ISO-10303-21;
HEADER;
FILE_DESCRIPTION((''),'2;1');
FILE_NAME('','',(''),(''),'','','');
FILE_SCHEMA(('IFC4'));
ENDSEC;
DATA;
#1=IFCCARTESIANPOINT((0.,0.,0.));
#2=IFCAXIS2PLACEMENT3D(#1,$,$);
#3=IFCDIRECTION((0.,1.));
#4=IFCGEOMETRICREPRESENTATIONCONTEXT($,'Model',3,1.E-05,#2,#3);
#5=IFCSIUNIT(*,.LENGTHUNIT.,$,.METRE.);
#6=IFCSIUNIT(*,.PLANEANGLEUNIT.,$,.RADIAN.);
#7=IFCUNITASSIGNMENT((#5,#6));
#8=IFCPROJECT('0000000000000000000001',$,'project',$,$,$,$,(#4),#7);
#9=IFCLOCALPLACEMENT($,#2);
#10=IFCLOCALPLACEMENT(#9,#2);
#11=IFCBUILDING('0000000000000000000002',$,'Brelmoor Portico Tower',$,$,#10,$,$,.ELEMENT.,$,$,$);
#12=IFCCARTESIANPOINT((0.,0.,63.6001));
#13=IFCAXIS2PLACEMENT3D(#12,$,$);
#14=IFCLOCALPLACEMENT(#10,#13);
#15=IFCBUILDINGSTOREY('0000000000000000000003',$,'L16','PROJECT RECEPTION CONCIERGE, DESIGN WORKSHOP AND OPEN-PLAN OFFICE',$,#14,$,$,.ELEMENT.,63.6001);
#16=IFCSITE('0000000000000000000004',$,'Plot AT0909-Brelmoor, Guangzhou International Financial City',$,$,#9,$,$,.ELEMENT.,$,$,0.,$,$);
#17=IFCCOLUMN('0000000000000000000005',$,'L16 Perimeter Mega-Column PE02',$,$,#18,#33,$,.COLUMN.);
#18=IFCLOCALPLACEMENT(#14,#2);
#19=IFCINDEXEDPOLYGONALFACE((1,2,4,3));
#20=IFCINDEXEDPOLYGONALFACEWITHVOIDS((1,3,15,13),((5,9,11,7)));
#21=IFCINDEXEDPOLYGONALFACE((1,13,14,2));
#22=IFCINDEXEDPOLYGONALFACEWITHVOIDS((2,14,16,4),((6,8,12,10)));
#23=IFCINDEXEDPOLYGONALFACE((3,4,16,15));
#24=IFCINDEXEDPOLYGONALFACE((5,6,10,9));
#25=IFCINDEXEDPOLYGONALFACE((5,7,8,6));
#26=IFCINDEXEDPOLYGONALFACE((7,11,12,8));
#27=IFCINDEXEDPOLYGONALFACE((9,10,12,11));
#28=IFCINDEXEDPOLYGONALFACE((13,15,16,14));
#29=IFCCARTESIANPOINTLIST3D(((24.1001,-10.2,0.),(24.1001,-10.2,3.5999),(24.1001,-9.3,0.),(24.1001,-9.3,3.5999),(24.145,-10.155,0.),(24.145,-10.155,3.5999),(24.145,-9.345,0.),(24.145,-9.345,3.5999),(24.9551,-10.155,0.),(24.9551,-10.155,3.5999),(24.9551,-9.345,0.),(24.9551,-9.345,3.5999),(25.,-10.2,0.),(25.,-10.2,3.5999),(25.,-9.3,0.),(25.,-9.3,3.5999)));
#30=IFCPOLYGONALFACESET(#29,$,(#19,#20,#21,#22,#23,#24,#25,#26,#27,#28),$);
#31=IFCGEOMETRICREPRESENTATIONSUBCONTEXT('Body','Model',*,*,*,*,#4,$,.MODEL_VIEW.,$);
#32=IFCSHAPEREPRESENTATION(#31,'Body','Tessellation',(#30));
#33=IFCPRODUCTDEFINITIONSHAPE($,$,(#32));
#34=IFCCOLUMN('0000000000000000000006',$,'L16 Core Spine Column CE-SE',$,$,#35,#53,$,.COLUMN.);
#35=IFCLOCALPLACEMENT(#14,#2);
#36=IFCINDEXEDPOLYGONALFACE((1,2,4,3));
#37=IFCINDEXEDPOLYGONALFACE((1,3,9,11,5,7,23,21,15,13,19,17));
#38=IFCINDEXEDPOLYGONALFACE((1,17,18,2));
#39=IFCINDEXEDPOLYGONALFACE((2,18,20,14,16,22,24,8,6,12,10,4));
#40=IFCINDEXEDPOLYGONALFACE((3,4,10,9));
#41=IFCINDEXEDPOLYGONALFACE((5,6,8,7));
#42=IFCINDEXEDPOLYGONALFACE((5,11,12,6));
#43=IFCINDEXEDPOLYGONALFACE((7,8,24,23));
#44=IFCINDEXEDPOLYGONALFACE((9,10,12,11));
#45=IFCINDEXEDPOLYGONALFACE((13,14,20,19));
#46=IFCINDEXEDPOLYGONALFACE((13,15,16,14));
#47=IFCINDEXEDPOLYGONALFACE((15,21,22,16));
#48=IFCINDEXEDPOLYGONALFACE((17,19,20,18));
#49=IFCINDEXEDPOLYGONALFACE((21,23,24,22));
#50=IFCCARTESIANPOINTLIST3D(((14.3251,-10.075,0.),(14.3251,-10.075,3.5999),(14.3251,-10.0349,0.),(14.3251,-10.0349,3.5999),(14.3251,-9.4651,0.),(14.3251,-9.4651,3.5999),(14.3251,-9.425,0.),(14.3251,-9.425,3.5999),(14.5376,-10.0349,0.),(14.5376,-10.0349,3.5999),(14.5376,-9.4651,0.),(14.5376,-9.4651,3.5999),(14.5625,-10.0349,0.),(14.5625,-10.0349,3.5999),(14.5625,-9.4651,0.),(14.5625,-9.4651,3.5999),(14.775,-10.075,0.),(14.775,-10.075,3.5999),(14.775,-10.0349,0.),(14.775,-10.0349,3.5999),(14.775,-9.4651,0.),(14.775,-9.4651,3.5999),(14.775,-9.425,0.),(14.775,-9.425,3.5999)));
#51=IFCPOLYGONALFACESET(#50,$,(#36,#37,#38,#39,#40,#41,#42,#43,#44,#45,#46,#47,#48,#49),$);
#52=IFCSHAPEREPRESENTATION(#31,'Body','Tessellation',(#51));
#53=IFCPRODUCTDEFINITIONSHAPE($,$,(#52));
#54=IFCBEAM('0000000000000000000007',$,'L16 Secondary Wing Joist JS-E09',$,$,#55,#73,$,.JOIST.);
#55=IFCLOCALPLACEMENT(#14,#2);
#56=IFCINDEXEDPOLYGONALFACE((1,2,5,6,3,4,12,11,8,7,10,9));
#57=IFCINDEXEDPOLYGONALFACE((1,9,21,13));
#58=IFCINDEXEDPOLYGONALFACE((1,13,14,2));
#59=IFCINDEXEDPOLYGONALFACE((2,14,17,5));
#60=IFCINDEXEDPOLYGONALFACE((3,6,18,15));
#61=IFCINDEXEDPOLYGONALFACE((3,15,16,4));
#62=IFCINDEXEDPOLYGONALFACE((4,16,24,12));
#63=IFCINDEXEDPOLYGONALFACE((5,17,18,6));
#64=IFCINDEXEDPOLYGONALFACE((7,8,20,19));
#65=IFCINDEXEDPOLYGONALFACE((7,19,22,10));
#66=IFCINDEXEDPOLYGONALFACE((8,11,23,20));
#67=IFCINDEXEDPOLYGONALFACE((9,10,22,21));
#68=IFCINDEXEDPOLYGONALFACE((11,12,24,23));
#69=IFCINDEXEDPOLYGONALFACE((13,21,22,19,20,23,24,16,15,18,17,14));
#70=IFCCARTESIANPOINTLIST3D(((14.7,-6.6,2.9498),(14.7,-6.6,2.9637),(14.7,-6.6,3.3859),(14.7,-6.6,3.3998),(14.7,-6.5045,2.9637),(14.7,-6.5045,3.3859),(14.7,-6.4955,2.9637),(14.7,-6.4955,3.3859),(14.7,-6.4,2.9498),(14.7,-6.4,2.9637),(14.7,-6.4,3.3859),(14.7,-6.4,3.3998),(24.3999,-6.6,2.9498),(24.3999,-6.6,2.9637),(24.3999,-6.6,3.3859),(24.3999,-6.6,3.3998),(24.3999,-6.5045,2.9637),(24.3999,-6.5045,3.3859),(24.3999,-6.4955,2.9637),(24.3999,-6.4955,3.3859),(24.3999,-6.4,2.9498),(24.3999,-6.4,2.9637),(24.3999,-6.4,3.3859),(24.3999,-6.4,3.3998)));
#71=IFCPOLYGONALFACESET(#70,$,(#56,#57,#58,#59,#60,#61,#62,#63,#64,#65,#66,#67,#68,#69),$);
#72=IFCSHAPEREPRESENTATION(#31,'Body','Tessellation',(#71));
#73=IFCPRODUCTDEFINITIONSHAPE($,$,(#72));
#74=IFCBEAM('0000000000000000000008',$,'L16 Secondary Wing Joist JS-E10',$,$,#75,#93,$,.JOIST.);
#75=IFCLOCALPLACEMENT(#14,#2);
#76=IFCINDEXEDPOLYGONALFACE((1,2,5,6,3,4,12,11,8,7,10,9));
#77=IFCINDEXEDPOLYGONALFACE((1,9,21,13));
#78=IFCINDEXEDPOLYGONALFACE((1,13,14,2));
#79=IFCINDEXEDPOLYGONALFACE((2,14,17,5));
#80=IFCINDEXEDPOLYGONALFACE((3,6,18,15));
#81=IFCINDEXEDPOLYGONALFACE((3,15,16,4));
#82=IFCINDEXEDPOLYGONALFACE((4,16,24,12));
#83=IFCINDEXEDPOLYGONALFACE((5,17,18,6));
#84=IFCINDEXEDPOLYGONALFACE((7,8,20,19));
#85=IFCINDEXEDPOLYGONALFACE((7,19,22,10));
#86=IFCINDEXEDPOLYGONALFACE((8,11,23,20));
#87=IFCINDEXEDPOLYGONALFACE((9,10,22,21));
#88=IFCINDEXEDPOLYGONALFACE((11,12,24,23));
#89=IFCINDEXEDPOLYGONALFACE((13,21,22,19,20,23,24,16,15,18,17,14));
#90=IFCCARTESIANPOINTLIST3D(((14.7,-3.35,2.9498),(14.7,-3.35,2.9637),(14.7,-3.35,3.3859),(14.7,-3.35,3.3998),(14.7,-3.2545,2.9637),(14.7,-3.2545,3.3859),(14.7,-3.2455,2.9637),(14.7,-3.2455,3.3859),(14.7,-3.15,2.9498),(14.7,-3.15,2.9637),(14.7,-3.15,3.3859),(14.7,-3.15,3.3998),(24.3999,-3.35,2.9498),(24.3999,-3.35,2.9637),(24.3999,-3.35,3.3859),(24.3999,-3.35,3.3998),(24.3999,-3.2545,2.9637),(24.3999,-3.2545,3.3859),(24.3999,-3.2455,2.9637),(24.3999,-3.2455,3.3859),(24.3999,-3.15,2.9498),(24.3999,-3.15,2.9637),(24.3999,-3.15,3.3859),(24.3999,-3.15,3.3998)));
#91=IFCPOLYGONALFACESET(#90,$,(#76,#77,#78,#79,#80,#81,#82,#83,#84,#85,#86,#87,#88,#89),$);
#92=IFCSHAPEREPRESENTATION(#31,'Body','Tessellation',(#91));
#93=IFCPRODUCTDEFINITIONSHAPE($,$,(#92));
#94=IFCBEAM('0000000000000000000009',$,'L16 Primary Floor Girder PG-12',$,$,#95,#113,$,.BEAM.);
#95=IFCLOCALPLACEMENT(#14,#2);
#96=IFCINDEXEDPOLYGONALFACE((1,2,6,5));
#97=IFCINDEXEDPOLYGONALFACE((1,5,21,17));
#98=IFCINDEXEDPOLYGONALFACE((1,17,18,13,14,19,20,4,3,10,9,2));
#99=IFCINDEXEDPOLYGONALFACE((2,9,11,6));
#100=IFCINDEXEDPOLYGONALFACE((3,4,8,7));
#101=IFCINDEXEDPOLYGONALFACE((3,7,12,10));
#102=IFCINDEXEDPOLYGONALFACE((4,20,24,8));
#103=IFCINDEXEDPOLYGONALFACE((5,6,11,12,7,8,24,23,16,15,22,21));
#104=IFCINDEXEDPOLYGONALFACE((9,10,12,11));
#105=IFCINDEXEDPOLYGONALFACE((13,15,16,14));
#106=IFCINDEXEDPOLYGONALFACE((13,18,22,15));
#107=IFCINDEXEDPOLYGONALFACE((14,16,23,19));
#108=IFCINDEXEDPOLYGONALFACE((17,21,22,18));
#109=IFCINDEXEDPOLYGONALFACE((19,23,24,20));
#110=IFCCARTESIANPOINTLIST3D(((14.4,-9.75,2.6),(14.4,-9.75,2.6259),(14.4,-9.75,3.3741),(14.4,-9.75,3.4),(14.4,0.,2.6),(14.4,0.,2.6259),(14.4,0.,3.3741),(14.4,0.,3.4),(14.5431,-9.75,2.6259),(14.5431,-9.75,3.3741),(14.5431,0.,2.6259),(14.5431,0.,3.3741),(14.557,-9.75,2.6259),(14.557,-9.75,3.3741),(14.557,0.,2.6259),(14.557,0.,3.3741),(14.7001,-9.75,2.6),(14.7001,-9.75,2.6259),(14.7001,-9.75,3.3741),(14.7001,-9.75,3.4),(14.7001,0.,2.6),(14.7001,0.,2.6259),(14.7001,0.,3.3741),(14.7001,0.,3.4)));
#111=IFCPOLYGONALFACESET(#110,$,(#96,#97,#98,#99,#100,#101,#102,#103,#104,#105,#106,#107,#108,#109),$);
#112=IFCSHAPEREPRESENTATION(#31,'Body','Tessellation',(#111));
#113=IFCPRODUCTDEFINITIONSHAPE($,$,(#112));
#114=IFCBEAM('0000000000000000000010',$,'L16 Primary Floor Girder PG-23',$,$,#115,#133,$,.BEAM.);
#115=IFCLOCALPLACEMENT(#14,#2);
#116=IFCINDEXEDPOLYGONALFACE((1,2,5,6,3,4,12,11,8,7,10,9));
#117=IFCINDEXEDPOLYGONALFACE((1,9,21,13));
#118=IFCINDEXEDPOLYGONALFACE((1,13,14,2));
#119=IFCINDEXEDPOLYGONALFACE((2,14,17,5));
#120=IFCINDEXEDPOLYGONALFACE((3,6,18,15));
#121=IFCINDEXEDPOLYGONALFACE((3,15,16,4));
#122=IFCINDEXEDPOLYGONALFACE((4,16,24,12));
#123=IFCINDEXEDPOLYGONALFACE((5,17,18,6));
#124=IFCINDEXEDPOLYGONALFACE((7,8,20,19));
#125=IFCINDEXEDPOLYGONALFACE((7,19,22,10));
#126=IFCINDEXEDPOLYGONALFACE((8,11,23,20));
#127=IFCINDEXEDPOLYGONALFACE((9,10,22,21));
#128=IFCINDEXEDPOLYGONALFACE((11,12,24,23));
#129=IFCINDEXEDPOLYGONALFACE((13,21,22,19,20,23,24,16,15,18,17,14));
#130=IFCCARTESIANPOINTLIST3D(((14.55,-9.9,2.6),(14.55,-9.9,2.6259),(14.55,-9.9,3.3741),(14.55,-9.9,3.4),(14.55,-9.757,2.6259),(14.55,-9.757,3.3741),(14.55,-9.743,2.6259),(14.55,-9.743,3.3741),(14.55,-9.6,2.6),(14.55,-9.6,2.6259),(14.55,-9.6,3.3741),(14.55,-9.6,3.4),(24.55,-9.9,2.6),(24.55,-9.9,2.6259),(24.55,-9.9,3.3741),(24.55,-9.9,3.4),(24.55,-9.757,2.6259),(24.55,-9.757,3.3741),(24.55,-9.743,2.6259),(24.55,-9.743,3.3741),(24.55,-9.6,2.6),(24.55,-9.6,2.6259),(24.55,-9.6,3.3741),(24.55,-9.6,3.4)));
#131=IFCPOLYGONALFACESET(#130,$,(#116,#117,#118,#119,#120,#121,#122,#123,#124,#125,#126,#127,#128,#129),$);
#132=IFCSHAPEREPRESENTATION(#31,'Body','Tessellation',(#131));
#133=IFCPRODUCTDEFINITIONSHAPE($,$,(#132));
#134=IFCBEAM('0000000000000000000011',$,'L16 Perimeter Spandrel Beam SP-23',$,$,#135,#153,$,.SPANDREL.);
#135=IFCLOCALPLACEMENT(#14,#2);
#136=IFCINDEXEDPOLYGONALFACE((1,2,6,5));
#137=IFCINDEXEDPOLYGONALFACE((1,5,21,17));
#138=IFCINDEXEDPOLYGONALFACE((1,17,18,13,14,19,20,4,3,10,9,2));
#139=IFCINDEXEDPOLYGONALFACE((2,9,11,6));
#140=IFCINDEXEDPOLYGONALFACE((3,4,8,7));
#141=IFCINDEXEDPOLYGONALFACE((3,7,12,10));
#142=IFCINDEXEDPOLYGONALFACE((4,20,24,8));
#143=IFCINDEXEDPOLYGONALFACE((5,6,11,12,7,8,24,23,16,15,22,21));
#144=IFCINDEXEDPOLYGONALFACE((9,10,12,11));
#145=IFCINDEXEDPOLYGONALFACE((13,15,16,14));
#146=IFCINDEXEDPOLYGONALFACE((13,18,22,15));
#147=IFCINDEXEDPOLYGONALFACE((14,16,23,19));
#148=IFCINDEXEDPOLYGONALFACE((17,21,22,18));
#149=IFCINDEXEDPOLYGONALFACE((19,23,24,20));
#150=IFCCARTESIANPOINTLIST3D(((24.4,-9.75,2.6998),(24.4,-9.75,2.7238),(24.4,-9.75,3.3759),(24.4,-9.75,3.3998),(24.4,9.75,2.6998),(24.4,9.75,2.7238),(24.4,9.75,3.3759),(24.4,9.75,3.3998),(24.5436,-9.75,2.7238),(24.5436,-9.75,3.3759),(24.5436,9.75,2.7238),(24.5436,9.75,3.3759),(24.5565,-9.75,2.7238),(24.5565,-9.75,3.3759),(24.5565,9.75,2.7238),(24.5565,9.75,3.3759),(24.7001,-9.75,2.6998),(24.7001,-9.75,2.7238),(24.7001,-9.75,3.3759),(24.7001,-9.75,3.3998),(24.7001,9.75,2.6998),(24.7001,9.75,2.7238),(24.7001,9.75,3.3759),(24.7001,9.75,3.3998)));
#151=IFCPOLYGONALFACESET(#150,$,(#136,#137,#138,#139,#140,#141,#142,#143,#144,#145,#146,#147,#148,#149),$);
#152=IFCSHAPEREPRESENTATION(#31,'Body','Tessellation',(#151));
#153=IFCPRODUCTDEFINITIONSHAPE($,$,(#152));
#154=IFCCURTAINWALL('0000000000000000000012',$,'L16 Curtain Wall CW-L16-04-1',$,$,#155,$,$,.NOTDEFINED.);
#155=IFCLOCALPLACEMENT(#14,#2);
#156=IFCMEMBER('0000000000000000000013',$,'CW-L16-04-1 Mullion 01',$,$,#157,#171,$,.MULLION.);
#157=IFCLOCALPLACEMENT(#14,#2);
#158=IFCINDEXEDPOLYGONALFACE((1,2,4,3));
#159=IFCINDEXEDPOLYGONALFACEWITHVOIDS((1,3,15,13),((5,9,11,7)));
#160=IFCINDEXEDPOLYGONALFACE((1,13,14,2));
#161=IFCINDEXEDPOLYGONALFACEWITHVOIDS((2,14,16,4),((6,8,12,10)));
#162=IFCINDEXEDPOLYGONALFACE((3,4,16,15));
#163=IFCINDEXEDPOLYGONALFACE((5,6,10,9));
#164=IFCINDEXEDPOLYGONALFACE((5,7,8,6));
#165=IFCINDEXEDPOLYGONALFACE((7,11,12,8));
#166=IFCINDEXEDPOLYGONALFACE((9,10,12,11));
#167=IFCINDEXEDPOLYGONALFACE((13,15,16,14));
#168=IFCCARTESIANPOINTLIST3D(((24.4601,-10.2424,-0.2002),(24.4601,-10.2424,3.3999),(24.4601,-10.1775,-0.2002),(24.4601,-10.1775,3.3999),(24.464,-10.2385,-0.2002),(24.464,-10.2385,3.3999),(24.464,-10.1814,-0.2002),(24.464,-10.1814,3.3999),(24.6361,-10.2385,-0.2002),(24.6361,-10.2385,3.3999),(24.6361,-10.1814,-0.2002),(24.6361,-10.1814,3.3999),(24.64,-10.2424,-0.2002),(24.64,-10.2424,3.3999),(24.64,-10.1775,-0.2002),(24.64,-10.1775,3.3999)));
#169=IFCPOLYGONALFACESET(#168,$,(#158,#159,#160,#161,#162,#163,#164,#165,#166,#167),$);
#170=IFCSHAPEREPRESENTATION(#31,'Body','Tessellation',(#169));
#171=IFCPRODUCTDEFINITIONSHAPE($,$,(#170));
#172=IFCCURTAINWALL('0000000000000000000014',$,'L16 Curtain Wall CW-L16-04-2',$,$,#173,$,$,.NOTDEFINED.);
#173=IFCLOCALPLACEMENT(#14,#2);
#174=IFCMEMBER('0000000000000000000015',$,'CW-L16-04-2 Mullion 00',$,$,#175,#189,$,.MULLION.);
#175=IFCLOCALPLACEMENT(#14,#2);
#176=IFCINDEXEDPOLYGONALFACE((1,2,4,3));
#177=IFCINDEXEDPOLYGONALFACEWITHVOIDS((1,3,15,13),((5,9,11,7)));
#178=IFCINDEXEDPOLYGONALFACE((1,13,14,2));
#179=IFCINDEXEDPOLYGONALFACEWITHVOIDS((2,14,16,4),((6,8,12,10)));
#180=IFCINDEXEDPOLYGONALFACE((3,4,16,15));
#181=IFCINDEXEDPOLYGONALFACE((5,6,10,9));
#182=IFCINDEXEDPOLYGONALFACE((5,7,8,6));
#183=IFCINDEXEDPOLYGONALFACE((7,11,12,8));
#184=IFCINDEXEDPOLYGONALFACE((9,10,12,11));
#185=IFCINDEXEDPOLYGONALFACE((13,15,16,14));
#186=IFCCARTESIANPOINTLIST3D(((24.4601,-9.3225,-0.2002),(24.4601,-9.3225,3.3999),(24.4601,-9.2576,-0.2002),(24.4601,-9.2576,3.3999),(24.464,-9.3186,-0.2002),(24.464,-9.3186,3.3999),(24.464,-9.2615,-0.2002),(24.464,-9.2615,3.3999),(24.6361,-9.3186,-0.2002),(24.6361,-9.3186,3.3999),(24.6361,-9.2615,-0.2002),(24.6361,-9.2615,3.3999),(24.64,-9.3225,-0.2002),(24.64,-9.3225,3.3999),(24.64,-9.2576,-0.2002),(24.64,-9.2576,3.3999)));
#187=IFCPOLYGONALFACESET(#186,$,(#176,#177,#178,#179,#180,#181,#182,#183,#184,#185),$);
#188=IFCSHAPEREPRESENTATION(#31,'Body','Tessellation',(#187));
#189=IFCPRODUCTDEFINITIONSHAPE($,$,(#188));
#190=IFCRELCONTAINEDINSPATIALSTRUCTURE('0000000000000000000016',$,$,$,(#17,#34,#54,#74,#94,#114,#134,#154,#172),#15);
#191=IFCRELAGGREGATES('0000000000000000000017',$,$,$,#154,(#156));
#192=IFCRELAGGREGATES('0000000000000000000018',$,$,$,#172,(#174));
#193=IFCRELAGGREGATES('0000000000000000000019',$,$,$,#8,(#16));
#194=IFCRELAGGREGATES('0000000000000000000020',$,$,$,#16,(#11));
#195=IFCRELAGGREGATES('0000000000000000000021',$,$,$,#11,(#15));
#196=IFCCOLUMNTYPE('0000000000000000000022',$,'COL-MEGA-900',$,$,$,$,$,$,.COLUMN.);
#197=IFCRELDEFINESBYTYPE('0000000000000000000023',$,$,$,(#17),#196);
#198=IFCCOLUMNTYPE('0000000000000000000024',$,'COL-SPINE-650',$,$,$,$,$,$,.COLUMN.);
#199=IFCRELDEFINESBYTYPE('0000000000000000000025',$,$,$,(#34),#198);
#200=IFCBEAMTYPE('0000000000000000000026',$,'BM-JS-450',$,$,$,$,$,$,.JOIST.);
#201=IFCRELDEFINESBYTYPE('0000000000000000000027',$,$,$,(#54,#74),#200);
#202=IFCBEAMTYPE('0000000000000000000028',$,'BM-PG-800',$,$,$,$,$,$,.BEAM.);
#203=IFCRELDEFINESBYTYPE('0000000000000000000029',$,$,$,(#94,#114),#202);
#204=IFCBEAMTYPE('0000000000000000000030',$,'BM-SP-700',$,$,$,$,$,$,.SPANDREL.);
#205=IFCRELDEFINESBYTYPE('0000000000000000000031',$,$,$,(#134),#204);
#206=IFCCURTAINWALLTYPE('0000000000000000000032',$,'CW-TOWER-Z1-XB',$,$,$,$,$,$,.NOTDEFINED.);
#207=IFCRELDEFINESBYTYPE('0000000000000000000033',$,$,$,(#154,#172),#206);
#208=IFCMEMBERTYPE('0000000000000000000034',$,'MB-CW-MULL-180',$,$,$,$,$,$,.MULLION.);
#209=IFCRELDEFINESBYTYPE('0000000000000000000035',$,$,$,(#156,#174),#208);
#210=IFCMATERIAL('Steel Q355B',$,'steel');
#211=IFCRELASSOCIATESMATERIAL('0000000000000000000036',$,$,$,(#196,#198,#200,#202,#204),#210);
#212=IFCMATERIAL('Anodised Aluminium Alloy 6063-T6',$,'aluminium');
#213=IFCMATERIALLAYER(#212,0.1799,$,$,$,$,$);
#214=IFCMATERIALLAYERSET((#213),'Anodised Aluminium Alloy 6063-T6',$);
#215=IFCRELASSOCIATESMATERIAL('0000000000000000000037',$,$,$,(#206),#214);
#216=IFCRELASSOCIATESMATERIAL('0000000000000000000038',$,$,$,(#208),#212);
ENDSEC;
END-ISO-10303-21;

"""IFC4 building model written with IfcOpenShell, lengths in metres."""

from ifc_helpers import new_model, si_unit, direction, frame, origin, origin_2d, place, context, subcontext, project, spatial, hollow_rectangle, i_section, extrude, material, layer, layer_set, material_profile, profile_set, type_object, element, aggregate, save


model = new_model("IFC4")

# Units and contexts
model_context = context("Model", 3, precision=1e-05, world=origin(), true_north=direction((0.0, 1.0)))
body_context = subcontext(model_context, "Body", "Model", "MODEL_VIEW")
ifc_project = project(units=[si_unit("LENGTHUNIT", "METRE"), si_unit("PLANEANGLEUNIT", "RADIAN")], contexts=[model_context])

# Site, building, storey
site_placement = place(None, origin())
site = spatial("IfcSite", under=ifc_project, at=site_placement, Name="Plot AT0909-Brelmoor, Guangzhou International Financial City", CompositionType="ELEMENT", RefElevation=0.0)
building_placement = place(site_placement, origin())
building = spatial("IfcBuilding", under=site, at=building_placement, Name="Brelmoor Portico Tower", CompositionType="ELEMENT")
storey_placement = place(building_placement, frame((0.0, 0.0, 63.6001)))
storey = spatial("IfcBuildingStorey", under=building, at=storey_placement, Name="L16", Description="PROJECT RECEPTION CONCIERGE, DESIGN WORKSHOP AND OPEN-PLAN OFFICE", CompositionType="ELEMENT", Elevation=63.6001)

# Columns
ifc_material_1 = material(Name="Steel Q355B", Category="steel")
ifc_material_profile_1 = material_profile(ifc_material_1, hollow_rectangle(XDim=0.8999, YDim=0.8999, WallThickness=0.0449, at=origin_2d()), Name="BOX 900x900x45")
ifc_profile_set_1 = profile_set([ifc_material_profile_1], Name="Steel Q355B")
column_type_1 = type_object("IfcColumnType", Name="COL-MEGA-900", PredefinedType="COLUMN", material=ifc_profile_set_1)
column_1_placement = place(storey_placement, frame((24.55, -9.75, 0.0), z_axis=(0.0, 0.0, 1.0), x_axis=(0.0, 1.0, 0.0)))
element("IfcColumn", 1, at=column_1_placement, inside=storey, type_object=column_type_1, Name="L16 Perimeter Mega-Column PE02", PredefinedType="COLUMN", context=body_context, shape_type="SweptSolid", body=[
    extrude(hollow_rectangle(XDim=0.8999, YDim=0.8999, WallThickness=0.0449, at=origin_2d()), origin(), (0.0, 0.0, 1.0), 3.5999),
])
ifc_material_profile_2 = material_profile(ifc_material_1, i_section(OverallWidth=0.45, OverallDepth=0.6499, WebThickness=0.0249, FlangeThickness=0.04, at=origin_2d()), Name="HW 650x450x25x40")
ifc_profile_set_2 = profile_set([ifc_material_profile_2], Name="Steel Q355B")
column_type_2 = type_object("IfcColumnType", Name="COL-SPINE-650", PredefinedType="COLUMN", material=ifc_profile_set_2)
column_2_placement = place(storey_placement, frame((14.55, -9.75, 0.0), z_axis=(0.0, 0.0, 1.0), x_axis=(1.0, 0.0, 0.0)))
element("IfcColumn", 2, at=column_2_placement, inside=storey, type_object=column_type_2, Name="L16 Core Spine Column CE-SE", PredefinedType="COLUMN", context=body_context, shape_type="SweptSolid", body=[
    extrude(i_section(OverallWidth=0.45, OverallDepth=0.6499, WebThickness=0.0249, FlangeThickness=0.04, at=origin_2d()), origin(), (0.0, 0.0, 1.0), 3.5999),
])

# Beams
ifc_material_profile_3 = material_profile(ifc_material_1, i_section(OverallWidth=0.2, OverallDepth=0.45, WebThickness=0.009, FlangeThickness=0.0139, at=origin_2d()), Name="HN 450x200x9x14")
ifc_profile_set_3 = profile_set([ifc_material_profile_3], Name="Steel Q355B")
beam_type_1 = type_object("IfcBeamType", Name="BM-JS-450", PredefinedType="JOIST", material=ifc_profile_set_3)
for number, where, z_axis, x_axis, name in (
    (3, (14.7, -6.5, 3.1748), (1.0, 0.0, 0.0), (0.0, 1.0, 0.0), "L16 Secondary Wing Joist JS-E09"),
    (4, (14.7, -3.25, 3.1748), (1.0, 0.0, 0.0), (0.0, 1.0, 0.0), "L16 Secondary Wing Joist JS-E10"),
):
    element("IfcBeam", number, at=place(storey_placement, frame(where, z_axis=z_axis, x_axis=x_axis)), inside=storey, type_object=beam_type_1, Name=name, PredefinedType="JOIST", context=body_context, shape_type="SweptSolid", body=[
        extrude(i_section(OverallWidth=0.2, OverallDepth=0.45, WebThickness=0.009, FlangeThickness=0.0139, at=origin_2d()), origin(), (0.0, 0.0, 1.0), 9.7),
    ])
ifc_material_profile_4 = material_profile(ifc_material_1, i_section(OverallWidth=0.3, OverallDepth=0.8, WebThickness=0.0139, FlangeThickness=0.0259, at=origin_2d()), Name="HN 800x300x14x26")
ifc_profile_set_4 = profile_set([ifc_material_profile_4], Name="Steel Q355B")
beam_type_2 = type_object("IfcBeamType", Name="BM-PG-800", PredefinedType="BEAM", material=ifc_profile_set_4)
beam_1_placement = place(storey_placement, frame((14.55, -9.75, 3.0), z_axis=(0.0, 1.0, 0.0), x_axis=(-1.0, 0.0, 0.0)))
element("IfcBeam", 5, at=beam_1_placement, inside=storey, type_object=beam_type_2, Name="L16 Primary Floor Girder PG-12", PredefinedType="BEAM", context=body_context, shape_type="SweptSolid", body=[
    extrude(i_section(OverallWidth=0.3, OverallDepth=0.8, WebThickness=0.0139, FlangeThickness=0.0259, at=origin_2d()), origin(), (0.0, 0.0, 1.0), 9.75),
])
beam_2_placement = place(storey_placement, frame((14.55, -9.75, 3.0), z_axis=(1.0, 0.0, 0.0), x_axis=(0.0, 1.0, 0.0)))
element("IfcBeam", 6, at=beam_2_placement, inside=storey, type_object=beam_type_2, Name="L16 Primary Floor Girder PG-23", PredefinedType="BEAM", context=body_context, shape_type="SweptSolid", body=[
    extrude(i_section(OverallWidth=0.3, OverallDepth=0.8, WebThickness=0.0139, FlangeThickness=0.0259, at=origin_2d()), origin(), (0.0, 0.0, 1.0), 10.0),
])
ifc_material_profile_5 = material_profile(ifc_material_1, i_section(OverallWidth=0.3, OverallDepth=0.7, WebThickness=0.0129, FlangeThickness=0.0239, at=origin_2d()), Name="HN 700x300x13x24")
ifc_profile_set_5 = profile_set([ifc_material_profile_5], Name="Steel Q355B")
beam_type_3 = type_object("IfcBeamType", Name="BM-SP-700", PredefinedType="SPANDREL", material=ifc_profile_set_5)
beam_3_placement = place(storey_placement, frame((24.55, -9.75, 3.0498), z_axis=(0.0, 1.0, 0.0), x_axis=(-1.0, 0.0, 0.0)))
element("IfcBeam", 7, at=beam_3_placement, inside=storey, type_object=beam_type_3, Name="L16 Perimeter Spandrel Beam SP-23", PredefinedType="SPANDREL", context=body_context, shape_type="SweptSolid", body=[
    extrude(i_section(OverallWidth=0.3, OverallDepth=0.7, WebThickness=0.0129, FlangeThickness=0.0239, at=origin_2d()), origin(), (0.0, 0.0, 1.0), 19.5),
])

# Curtain wall, member
ifc_material_2 = material(Name="Anodised Aluminium Alloy 6063-T6", Category="aluminium")
ifc_layer_1 = layer(ifc_material_2, 0.1799)
ifc_layer_set_1 = layer_set([ifc_layer_1], Name="Anodised Aluminium Alloy 6063-T6")
curtain_wall_type = type_object("IfcCurtainWallType", Name="CW-TOWER-Z1-XB", PredefinedType="NOTDEFINED", material=ifc_layer_set_1)
curtain_wall_1_placement = place(storey_placement, origin())
curtain_wall_1 = element("IfcCurtainWall", 8, at=curtain_wall_1_placement, inside=storey, type_object=curtain_wall_type, Name="L16 Curtain Wall CW-L16-04-1", PredefinedType="NOTDEFINED")
ifc_material_profile_6 = material_profile(ifc_material_2, hollow_rectangle(XDim=0.0649, YDim=0.1799, WallThickness=0.0039, at=origin_2d()), Name="ALU MULLION 65x180")
ifc_profile_set_6 = profile_set([ifc_material_profile_6], Name="Anodised Aluminium Alloy 6063-T6")
member_type_1 = type_object("IfcMemberType", Name="MB-CW-MULL-180", PredefinedType="MULLION", material=ifc_profile_set_6)
member_1_placement = place(storey_placement, frame((24.55, -10.21, -0.2002), z_axis=(0.0, 0.0, 1.0), x_axis=(0.0, 1.0, 0.0)))
member_1 = element("IfcMember", 9, at=member_1_placement, type_object=member_type_1, Name="CW-L16-04-1 Mullion 01", PredefinedType="MULLION", context=body_context, shape_type="SweptSolid", body=[
    extrude(hollow_rectangle(XDim=0.0649, YDim=0.1799, WallThickness=0.0039, at=origin_2d()), origin(), (0.0, 0.0, 1.0), 3.6001),
])

# Curtain wall, member
curtain_wall_2_placement = place(storey_placement, origin())
curtain_wall_2 = element("IfcCurtainWall", 10, at=curtain_wall_2_placement, inside=storey, type_object=curtain_wall_type, Name="L16 Curtain Wall CW-L16-04-2", PredefinedType="NOTDEFINED")
member_2_placement = place(storey_placement, frame((24.55, -9.29, -0.2002), z_axis=(0.0, 0.0, 1.0), x_axis=(0.0, 1.0, 0.0)))
member_2 = element("IfcMember", 11, at=member_2_placement, type_object=member_type_1, Name="CW-L16-04-2 Mullion 00", PredefinedType="MULLION", context=body_context, shape_type="SweptSolid", body=[
    extrude(hollow_rectangle(XDim=0.0649, YDim=0.1799, WallThickness=0.0039, at=origin_2d()), origin(), (0.0, 0.0, 1.0), 3.6001),
])

aggregate(curtain_wall_1, [member_1])
aggregate(curtain_wall_2, [member_2])

save(model, "model.ifc")
